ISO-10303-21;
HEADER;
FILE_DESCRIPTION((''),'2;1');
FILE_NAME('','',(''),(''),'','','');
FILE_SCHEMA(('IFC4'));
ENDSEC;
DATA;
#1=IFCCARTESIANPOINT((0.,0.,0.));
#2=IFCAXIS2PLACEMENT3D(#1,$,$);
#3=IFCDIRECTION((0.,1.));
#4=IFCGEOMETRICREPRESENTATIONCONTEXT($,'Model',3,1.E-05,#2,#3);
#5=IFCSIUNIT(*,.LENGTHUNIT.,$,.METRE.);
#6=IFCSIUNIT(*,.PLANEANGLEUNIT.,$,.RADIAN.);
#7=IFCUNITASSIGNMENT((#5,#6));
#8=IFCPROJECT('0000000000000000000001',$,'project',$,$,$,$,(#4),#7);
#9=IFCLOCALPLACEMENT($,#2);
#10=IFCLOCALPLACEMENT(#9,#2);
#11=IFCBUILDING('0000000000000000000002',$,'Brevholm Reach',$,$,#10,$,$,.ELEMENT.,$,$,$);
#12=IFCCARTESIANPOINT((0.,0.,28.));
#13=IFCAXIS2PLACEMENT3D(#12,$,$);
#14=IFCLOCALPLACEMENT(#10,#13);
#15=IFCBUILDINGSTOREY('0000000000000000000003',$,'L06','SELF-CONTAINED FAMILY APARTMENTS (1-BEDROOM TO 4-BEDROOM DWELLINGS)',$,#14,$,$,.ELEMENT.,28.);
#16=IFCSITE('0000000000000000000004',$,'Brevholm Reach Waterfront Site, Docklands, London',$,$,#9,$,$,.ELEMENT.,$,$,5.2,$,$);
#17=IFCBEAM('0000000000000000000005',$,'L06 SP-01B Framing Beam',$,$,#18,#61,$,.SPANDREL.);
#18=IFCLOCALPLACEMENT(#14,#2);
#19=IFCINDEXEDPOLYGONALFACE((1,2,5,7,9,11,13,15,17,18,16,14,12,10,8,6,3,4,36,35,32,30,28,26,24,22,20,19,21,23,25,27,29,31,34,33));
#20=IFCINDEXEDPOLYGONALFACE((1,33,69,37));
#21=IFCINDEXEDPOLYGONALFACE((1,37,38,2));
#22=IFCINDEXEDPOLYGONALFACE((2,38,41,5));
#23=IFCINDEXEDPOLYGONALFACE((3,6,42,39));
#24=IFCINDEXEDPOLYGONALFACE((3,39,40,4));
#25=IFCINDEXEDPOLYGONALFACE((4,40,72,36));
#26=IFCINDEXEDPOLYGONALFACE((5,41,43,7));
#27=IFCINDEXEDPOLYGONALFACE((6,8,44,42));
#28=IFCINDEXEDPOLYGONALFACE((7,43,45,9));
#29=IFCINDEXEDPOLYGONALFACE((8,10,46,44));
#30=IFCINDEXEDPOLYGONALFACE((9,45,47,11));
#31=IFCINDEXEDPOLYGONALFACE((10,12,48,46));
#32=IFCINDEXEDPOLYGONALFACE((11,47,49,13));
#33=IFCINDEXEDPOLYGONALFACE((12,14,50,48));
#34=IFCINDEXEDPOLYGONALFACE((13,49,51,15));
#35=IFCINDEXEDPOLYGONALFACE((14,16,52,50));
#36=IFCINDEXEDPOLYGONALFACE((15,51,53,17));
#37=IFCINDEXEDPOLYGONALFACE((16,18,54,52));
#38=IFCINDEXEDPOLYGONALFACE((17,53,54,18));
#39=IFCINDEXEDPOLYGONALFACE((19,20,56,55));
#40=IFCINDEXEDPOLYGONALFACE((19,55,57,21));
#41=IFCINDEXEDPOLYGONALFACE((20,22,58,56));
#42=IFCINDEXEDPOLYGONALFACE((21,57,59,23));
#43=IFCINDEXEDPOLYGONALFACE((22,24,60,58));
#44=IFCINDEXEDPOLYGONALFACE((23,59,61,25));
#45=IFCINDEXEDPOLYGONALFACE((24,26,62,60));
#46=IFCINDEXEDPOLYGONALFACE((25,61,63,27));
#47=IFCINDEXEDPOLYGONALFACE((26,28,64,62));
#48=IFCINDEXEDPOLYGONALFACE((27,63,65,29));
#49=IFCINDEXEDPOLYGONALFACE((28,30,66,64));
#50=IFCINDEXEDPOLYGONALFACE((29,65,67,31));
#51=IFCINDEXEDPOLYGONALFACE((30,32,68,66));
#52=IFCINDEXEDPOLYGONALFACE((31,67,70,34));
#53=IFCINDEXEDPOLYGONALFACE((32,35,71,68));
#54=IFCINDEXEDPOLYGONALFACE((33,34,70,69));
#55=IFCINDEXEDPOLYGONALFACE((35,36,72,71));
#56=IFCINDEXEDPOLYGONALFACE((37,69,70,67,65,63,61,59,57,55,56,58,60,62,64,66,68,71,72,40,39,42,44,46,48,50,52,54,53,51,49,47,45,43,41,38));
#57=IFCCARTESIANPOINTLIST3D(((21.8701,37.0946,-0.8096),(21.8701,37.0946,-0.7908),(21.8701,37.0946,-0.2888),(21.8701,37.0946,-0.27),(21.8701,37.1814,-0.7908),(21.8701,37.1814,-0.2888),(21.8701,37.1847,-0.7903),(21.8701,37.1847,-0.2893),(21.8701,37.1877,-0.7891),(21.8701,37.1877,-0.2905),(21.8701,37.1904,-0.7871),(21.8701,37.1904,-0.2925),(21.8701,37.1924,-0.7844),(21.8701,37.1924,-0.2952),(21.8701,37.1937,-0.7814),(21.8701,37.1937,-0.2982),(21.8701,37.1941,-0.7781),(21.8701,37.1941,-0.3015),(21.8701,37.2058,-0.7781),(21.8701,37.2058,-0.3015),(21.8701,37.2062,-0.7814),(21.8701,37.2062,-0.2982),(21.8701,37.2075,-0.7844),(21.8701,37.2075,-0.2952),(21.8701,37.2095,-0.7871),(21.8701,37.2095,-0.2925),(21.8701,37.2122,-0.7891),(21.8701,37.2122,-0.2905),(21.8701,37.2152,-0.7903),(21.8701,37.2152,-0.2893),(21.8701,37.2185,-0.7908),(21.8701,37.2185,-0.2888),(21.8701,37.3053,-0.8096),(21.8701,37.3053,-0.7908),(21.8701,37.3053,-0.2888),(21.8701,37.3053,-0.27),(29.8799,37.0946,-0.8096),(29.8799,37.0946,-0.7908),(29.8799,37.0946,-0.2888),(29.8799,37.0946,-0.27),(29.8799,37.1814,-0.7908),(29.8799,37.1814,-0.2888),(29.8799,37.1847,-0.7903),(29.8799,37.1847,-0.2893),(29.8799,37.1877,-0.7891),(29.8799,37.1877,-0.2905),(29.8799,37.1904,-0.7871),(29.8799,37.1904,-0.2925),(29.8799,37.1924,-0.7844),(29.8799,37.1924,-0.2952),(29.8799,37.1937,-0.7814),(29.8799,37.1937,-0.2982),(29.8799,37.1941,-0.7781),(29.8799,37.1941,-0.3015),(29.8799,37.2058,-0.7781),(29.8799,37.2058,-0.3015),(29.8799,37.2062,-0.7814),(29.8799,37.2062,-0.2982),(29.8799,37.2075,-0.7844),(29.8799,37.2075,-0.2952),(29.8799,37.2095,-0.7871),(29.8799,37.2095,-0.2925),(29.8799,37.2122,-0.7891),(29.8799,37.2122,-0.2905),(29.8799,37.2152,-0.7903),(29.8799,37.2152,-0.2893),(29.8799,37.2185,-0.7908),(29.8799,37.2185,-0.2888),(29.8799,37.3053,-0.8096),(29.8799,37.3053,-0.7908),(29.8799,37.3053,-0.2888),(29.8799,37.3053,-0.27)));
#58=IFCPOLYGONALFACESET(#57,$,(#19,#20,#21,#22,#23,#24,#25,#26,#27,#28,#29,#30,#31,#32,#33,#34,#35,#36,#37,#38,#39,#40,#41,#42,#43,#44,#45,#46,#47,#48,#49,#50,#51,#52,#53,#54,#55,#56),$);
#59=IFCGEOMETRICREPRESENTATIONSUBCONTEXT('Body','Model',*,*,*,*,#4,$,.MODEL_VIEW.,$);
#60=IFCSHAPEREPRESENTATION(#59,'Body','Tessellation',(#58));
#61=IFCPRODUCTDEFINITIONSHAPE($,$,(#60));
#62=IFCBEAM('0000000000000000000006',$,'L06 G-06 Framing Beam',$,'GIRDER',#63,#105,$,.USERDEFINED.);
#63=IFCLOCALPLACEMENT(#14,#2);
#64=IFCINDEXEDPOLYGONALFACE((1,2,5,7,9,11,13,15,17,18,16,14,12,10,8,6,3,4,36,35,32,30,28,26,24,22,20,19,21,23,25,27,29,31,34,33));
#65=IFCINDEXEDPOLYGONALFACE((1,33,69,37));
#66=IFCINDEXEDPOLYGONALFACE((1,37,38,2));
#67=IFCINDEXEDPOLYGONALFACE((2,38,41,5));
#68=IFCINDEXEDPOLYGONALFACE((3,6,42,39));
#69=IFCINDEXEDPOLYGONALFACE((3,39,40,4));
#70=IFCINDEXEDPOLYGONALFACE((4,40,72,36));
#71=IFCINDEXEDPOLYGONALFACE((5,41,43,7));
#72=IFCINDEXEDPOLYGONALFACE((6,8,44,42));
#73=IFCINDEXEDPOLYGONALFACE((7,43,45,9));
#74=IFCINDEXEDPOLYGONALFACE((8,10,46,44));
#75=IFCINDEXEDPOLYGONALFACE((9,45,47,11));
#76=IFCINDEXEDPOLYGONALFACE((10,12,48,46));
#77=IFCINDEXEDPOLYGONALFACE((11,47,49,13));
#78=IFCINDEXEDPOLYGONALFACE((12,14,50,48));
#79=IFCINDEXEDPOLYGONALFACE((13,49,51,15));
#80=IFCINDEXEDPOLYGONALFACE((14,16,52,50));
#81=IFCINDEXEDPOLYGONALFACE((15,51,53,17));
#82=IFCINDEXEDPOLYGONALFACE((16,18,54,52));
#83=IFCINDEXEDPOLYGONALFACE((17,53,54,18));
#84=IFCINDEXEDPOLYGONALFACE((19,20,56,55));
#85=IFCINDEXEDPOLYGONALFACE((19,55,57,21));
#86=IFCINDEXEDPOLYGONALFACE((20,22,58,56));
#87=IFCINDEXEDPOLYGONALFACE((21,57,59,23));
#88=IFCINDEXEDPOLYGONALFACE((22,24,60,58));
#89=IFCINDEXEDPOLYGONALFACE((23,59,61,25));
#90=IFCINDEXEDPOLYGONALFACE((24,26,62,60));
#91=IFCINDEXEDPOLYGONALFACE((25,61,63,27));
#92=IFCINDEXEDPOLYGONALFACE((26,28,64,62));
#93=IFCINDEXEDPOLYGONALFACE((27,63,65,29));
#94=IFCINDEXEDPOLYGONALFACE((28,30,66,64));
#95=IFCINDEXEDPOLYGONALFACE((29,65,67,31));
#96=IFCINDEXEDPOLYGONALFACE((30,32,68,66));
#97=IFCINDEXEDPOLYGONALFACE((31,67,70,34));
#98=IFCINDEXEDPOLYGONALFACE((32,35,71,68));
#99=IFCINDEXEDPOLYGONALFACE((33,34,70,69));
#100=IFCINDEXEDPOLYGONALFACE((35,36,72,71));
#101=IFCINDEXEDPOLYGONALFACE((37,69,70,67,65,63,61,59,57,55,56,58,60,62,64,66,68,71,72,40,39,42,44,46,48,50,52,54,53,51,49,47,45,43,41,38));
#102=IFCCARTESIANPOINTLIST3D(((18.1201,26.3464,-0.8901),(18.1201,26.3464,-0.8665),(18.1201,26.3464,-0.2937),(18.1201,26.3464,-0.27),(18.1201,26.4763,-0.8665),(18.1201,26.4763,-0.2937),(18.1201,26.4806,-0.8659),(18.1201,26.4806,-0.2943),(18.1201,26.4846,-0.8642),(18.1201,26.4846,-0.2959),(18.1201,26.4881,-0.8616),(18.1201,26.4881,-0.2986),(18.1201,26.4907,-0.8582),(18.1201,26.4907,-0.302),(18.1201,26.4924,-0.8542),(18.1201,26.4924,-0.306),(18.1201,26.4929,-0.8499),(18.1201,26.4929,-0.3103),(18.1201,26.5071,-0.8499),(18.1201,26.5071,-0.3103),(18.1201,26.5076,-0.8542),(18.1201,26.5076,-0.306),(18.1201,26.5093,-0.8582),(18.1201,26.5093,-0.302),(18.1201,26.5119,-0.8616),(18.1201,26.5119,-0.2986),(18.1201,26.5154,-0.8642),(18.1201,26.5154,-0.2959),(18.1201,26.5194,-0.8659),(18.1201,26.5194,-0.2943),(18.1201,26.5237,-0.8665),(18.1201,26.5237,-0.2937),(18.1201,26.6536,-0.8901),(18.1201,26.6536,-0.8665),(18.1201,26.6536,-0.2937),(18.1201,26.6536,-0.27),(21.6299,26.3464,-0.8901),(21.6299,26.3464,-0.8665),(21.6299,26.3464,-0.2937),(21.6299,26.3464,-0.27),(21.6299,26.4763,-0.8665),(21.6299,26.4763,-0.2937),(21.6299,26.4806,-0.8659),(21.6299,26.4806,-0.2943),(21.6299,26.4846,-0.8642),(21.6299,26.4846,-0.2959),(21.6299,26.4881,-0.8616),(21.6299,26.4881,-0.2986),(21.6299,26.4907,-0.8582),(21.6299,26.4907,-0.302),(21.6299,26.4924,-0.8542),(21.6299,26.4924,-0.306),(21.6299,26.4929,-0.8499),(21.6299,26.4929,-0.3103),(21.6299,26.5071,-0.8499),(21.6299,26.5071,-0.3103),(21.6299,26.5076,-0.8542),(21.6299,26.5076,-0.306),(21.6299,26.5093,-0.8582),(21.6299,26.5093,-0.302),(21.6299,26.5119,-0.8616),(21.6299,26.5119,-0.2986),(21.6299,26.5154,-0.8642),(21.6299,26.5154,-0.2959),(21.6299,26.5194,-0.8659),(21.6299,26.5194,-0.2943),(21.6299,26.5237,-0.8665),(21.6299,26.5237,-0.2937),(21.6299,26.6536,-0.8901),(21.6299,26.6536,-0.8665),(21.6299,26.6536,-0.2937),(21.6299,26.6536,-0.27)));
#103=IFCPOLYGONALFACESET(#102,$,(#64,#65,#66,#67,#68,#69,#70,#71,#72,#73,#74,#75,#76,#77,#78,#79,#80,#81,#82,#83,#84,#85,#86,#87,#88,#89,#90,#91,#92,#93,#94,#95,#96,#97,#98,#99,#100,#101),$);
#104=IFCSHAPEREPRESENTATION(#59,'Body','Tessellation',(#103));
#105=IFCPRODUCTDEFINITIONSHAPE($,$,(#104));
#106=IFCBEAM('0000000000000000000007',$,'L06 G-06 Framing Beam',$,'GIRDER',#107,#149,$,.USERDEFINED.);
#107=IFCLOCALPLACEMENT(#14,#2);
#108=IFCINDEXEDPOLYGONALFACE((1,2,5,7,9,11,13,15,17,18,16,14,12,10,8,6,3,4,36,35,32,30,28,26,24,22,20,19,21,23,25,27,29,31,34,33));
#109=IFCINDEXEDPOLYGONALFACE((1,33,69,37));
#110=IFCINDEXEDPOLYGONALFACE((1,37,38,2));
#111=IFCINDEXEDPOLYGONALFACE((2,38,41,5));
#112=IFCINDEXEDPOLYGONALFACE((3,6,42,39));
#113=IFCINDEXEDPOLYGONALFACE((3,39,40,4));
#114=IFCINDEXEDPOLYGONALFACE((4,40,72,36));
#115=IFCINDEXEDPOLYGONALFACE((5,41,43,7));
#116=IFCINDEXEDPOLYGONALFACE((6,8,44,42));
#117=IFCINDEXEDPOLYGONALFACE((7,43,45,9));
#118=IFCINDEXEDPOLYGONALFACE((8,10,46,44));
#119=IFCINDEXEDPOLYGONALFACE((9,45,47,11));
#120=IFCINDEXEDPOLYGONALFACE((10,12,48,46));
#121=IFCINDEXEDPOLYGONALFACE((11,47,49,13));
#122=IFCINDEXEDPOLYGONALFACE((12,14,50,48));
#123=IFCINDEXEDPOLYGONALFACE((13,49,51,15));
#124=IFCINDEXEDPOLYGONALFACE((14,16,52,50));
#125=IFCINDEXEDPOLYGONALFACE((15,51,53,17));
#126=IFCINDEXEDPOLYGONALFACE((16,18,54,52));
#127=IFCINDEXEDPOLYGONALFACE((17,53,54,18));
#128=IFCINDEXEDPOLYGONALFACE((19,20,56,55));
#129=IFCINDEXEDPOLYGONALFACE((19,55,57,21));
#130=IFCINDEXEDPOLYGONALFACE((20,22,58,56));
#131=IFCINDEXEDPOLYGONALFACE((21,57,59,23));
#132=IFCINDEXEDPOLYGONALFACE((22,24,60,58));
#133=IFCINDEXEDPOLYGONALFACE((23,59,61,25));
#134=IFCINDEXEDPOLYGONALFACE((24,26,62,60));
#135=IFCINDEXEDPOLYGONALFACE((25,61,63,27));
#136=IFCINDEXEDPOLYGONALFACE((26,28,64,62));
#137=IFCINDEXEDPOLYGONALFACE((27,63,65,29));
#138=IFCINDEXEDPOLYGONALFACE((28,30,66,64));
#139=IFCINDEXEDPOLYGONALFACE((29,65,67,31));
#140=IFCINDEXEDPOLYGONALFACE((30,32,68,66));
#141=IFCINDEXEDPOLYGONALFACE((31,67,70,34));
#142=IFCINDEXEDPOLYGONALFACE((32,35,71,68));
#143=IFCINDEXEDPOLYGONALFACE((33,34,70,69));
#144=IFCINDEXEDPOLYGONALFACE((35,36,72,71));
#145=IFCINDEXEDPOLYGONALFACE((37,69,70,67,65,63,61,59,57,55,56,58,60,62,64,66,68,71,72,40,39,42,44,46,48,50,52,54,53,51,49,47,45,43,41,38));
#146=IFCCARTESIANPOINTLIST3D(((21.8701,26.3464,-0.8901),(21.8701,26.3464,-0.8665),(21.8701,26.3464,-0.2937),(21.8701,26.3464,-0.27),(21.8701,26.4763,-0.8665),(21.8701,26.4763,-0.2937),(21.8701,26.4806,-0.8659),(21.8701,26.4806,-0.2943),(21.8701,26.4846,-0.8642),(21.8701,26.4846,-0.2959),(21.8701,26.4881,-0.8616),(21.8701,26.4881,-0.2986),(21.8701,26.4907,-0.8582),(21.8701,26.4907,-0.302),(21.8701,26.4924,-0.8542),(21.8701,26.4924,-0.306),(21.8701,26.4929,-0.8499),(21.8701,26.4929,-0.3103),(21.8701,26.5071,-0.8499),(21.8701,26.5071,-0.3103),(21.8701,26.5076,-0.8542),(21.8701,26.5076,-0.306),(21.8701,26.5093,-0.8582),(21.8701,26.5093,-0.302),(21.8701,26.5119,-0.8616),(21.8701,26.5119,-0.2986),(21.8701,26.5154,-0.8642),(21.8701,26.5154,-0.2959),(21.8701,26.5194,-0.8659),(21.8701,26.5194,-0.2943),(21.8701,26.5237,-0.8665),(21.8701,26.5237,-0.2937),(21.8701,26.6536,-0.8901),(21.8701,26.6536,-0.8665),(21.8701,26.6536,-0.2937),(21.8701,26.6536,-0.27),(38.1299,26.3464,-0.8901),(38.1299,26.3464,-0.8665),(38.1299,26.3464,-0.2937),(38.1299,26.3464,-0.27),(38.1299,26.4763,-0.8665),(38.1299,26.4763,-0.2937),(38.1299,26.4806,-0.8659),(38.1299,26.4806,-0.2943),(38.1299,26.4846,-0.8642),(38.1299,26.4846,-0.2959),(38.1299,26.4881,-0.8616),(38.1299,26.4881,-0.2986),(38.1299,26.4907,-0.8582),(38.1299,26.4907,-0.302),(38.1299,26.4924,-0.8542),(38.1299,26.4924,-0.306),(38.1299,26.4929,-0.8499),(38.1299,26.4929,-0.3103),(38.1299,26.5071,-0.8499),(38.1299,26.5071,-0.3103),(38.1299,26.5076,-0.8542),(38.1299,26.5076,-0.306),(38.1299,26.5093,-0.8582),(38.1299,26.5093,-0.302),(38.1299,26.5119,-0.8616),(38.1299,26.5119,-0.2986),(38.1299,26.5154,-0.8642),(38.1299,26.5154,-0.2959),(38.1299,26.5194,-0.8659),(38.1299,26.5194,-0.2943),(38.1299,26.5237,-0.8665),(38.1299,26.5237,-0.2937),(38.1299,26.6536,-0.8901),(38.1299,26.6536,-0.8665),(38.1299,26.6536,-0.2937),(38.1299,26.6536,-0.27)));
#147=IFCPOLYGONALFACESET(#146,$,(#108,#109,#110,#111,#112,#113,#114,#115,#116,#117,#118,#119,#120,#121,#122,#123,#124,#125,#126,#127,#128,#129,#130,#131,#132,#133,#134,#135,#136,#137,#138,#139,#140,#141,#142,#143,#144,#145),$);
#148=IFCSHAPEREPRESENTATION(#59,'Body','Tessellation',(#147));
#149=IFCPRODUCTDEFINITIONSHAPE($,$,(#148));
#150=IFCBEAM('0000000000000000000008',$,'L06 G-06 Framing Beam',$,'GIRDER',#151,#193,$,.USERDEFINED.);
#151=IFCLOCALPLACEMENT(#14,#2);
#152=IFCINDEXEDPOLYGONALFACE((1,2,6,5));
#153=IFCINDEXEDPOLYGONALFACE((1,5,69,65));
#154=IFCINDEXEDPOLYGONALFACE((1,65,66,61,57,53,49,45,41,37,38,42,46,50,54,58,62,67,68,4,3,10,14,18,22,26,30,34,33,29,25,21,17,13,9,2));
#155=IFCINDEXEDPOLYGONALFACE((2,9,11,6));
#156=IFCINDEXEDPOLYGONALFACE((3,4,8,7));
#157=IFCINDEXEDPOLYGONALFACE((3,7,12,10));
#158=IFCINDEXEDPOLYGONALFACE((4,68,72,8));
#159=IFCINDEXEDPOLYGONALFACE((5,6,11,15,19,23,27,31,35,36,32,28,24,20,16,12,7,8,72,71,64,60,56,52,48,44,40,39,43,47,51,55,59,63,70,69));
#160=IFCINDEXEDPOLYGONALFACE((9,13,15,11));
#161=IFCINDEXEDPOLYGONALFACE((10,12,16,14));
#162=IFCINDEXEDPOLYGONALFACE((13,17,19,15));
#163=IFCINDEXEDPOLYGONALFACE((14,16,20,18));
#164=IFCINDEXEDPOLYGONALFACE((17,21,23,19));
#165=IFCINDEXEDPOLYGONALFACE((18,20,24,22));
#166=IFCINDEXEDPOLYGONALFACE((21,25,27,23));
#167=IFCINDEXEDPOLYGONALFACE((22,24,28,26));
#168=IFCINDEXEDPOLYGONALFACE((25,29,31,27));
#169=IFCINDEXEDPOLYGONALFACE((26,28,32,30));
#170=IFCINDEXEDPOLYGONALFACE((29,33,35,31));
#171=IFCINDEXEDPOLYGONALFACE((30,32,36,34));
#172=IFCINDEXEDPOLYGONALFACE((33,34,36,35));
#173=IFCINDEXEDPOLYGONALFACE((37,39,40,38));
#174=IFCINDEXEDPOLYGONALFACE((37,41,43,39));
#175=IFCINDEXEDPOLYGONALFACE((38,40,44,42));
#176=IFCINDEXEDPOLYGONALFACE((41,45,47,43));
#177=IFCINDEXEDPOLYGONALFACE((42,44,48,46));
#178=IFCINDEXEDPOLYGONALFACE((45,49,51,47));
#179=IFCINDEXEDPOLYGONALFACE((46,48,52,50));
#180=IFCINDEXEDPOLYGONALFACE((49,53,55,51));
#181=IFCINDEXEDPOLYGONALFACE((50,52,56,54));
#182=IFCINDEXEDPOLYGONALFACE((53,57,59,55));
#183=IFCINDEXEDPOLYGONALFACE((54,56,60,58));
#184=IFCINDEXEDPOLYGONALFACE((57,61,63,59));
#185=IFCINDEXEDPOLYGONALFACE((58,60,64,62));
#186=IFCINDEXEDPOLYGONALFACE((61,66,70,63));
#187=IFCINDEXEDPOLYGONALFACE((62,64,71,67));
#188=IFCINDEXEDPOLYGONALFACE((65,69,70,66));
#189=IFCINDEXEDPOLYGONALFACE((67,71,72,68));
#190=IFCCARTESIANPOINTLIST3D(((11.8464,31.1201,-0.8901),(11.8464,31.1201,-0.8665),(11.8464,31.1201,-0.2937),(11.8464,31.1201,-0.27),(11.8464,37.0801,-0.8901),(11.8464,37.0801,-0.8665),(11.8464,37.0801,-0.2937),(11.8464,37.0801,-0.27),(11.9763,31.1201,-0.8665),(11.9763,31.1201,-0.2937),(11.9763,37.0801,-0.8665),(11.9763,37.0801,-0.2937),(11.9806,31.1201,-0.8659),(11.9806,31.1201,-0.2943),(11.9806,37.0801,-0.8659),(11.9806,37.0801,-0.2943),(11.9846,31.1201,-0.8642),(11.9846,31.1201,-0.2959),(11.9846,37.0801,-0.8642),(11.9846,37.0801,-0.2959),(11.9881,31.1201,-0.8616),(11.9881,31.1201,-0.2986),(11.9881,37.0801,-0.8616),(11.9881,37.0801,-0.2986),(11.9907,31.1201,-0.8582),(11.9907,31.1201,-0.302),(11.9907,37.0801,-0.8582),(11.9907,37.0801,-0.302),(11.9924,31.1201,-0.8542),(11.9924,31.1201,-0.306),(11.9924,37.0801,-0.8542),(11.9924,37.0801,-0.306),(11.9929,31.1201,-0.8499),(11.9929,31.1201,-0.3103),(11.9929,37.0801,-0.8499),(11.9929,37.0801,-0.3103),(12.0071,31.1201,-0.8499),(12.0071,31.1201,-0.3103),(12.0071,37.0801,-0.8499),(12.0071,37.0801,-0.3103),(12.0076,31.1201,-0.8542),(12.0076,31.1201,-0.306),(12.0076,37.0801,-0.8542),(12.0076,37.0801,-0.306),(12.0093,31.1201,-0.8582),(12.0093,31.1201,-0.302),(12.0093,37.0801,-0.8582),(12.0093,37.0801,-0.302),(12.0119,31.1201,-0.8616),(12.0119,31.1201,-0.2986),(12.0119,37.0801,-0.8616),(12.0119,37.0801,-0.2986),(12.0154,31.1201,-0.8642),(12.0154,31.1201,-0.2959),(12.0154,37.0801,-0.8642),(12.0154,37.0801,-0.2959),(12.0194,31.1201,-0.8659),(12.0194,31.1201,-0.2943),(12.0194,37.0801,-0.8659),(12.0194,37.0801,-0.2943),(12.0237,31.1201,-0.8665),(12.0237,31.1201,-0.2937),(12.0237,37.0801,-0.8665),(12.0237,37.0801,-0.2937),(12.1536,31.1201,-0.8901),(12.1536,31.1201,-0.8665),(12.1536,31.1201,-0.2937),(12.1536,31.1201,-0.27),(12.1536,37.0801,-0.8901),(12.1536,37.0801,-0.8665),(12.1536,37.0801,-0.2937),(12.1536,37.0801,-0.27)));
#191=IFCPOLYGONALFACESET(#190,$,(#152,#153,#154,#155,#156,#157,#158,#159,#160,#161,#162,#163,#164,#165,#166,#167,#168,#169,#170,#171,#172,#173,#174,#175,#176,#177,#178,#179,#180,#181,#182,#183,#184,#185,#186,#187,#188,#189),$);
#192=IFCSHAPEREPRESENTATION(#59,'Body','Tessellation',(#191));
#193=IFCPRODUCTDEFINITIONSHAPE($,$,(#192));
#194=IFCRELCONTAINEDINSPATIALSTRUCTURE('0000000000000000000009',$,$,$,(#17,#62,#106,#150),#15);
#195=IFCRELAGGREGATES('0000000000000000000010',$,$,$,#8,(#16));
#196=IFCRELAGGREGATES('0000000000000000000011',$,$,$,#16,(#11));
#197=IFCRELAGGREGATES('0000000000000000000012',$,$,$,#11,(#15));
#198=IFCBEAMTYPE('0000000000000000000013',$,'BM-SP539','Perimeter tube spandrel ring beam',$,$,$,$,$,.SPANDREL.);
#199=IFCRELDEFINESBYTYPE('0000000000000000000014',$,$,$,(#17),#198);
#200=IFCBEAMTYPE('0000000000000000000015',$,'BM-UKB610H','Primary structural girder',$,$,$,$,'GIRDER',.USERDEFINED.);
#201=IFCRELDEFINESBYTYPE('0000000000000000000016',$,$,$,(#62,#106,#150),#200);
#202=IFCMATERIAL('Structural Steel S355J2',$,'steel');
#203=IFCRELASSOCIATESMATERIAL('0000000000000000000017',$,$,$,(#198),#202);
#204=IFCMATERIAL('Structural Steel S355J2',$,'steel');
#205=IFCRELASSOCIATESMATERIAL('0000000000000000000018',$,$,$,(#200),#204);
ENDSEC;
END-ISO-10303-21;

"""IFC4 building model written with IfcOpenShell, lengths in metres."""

from ifc_helpers import new_model, si_unit, direction, frame, origin, origin_2d, place, context, subcontext, project, spatial, i_section, extrude, material, material_profile, profile_set, type_object, element, save


model = new_model("IFC4")

# Units and contexts
model_context = context("Model", 3, precision=1e-05, world=origin(), true_north=direction((0.0, 1.0)))
body_context = subcontext(model_context, "Body", "Model", "MODEL_VIEW")
ifc_project = project(units=[si_unit("LENGTHUNIT", "METRE"), si_unit("PLANEANGLEUNIT", "RADIAN")], contexts=[model_context])

# Site, building, storey
site_placement = place(None, origin())
site = spatial("IfcSite", under=ifc_project, at=site_placement, Name="Brevholm Reach Waterfront Site, Docklands, London", CompositionType="ELEMENT", RefElevation=5.2)
building_placement = place(site_placement, origin())
building = spatial("IfcBuilding", under=site, at=building_placement, Name="Brevholm Reach", CompositionType="ELEMENT")
storey_placement = place(building_placement, frame((0.0, 0.0, 28.0)))
storey = spatial("IfcBuildingStorey", under=building, at=storey_placement, Name="L06", Description="SELF-CONTAINED FAMILY APARTMENTS (1-BEDROOM TO 4-BEDROOM DWELLINGS)", CompositionType="ELEMENT", Elevation=28.0)

# Beams
ifc_material_1 = material(Name="Structural Steel S355J2", Category="steel")
ifc_material_profile_1 = material_profile(ifc_material_1, i_section(OverallWidth=0.2107, OverallDepth=0.5396, WebThickness=0.0117, FlangeThickness=0.0188, FilletRadius=0.0127, at=origin_2d()), Name="UKB 533x210x109")
ifc_profile_set_1 = profile_set([ifc_material_profile_1], Name="Structural Steel S355J2")
beam_type_1 = type_object("IfcBeamType", Name="BM-SP539", Description="Perimeter tube spandrel ring beam", PredefinedType="SPANDREL", material=ifc_profile_set_1)
beam_1_placement = place(storey_placement, frame((21.8701, 37.2, -0.5398), z_axis=(1.0, 0.0, 0.0), x_axis=(0.0, 1.0, 0.0)))
element("IfcBeam", 1, at=beam_1_placement, inside=storey, type_object=beam_type_1, Name="L06 SP-01B Framing Beam", PredefinedType="SPANDREL", context=body_context, shape_type="SweptSolid", body=[
    extrude(i_section(OverallWidth=0.2107, OverallDepth=0.5396, WebThickness=0.0117, FlangeThickness=0.0188, FilletRadius=0.0127, at=origin_2d()), origin(), (0.0, 0.0, 1.0), 8.0098),
])
ifc_material_2 = material(Name="Structural Steel S355J2", Category="steel")
ifc_material_profile_2 = material_profile(ifc_material_2, i_section(OverallWidth=0.3071, OverallDepth=0.6201, WebThickness=0.0142, FlangeThickness=0.0237, FilletRadius=0.0166, at=origin_2d()), Name="UKB 610x305x179")
ifc_profile_set_2 = profile_set([ifc_material_profile_2], Name="Structural Steel S355J2")
beam_type_2 = type_object("IfcBeamType", Name="BM-UKB610H", Description="Primary structural girder", ElementType="GIRDER", PredefinedType="USERDEFINED", material=ifc_profile_set_2)
beam_2_placement = place(storey_placement, frame((18.1201, 26.5, -0.5801), z_axis=(1.0, 0.0, 0.0), x_axis=(0.0, 1.0, 0.0)))
element("IfcBeam", 2, at=beam_2_placement, inside=storey, type_object=beam_type_2, Name="L06 G-06 Framing Beam", ObjectType="GIRDER", PredefinedType="USERDEFINED", context=body_context, shape_type="SweptSolid", body=[
    extrude(i_section(OverallWidth=0.3071, OverallDepth=0.6201, WebThickness=0.0142, FlangeThickness=0.0237, FilletRadius=0.0166, at=origin_2d()), origin(), (0.0, 0.0, 1.0), 3.5098),
])
beam_3_placement = place(storey_placement, frame((21.8701, 26.5, -0.5801), z_axis=(1.0, 0.0, 0.0), x_axis=(0.0, 1.0, 0.0)))
element("IfcBeam", 3, at=beam_3_placement, inside=storey, type_object=beam_type_2, Name="L06 G-06 Framing Beam", ObjectType="GIRDER", PredefinedType="USERDEFINED", context=body_context, shape_type="SweptSolid", body=[
    extrude(i_section(OverallWidth=0.3071, OverallDepth=0.6201, WebThickness=0.0142, FlangeThickness=0.0237, FilletRadius=0.0166, at=origin_2d()), origin(), (0.0, 0.0, 1.0), 16.2598),
])
for number, where, z_axis, x_axis, name in (
    (4, (12.0, 31.1201, -0.5801), (0.0, 1.0, 0.0), (-1.0, 0.0, 0.0), "L06 G-06 Framing Beam"),
):
    element("IfcBeam", number, at=place(storey_placement, frame(where, z_axis=z_axis, x_axis=x_axis)), inside=storey, type_object=beam_type_2, Name=name, ObjectType="GIRDER", PredefinedType="USERDEFINED", context=body_context, shape_type="SweptSolid", body=[
        extrude(i_section(OverallWidth=0.3071, OverallDepth=0.6201, WebThickness=0.0142, FlangeThickness=0.0237, FilletRadius=0.0166, at=origin_2d()), origin(), (0.0, 0.0, 1.0), 5.96),
    ])

save(model, "model.ifc")
